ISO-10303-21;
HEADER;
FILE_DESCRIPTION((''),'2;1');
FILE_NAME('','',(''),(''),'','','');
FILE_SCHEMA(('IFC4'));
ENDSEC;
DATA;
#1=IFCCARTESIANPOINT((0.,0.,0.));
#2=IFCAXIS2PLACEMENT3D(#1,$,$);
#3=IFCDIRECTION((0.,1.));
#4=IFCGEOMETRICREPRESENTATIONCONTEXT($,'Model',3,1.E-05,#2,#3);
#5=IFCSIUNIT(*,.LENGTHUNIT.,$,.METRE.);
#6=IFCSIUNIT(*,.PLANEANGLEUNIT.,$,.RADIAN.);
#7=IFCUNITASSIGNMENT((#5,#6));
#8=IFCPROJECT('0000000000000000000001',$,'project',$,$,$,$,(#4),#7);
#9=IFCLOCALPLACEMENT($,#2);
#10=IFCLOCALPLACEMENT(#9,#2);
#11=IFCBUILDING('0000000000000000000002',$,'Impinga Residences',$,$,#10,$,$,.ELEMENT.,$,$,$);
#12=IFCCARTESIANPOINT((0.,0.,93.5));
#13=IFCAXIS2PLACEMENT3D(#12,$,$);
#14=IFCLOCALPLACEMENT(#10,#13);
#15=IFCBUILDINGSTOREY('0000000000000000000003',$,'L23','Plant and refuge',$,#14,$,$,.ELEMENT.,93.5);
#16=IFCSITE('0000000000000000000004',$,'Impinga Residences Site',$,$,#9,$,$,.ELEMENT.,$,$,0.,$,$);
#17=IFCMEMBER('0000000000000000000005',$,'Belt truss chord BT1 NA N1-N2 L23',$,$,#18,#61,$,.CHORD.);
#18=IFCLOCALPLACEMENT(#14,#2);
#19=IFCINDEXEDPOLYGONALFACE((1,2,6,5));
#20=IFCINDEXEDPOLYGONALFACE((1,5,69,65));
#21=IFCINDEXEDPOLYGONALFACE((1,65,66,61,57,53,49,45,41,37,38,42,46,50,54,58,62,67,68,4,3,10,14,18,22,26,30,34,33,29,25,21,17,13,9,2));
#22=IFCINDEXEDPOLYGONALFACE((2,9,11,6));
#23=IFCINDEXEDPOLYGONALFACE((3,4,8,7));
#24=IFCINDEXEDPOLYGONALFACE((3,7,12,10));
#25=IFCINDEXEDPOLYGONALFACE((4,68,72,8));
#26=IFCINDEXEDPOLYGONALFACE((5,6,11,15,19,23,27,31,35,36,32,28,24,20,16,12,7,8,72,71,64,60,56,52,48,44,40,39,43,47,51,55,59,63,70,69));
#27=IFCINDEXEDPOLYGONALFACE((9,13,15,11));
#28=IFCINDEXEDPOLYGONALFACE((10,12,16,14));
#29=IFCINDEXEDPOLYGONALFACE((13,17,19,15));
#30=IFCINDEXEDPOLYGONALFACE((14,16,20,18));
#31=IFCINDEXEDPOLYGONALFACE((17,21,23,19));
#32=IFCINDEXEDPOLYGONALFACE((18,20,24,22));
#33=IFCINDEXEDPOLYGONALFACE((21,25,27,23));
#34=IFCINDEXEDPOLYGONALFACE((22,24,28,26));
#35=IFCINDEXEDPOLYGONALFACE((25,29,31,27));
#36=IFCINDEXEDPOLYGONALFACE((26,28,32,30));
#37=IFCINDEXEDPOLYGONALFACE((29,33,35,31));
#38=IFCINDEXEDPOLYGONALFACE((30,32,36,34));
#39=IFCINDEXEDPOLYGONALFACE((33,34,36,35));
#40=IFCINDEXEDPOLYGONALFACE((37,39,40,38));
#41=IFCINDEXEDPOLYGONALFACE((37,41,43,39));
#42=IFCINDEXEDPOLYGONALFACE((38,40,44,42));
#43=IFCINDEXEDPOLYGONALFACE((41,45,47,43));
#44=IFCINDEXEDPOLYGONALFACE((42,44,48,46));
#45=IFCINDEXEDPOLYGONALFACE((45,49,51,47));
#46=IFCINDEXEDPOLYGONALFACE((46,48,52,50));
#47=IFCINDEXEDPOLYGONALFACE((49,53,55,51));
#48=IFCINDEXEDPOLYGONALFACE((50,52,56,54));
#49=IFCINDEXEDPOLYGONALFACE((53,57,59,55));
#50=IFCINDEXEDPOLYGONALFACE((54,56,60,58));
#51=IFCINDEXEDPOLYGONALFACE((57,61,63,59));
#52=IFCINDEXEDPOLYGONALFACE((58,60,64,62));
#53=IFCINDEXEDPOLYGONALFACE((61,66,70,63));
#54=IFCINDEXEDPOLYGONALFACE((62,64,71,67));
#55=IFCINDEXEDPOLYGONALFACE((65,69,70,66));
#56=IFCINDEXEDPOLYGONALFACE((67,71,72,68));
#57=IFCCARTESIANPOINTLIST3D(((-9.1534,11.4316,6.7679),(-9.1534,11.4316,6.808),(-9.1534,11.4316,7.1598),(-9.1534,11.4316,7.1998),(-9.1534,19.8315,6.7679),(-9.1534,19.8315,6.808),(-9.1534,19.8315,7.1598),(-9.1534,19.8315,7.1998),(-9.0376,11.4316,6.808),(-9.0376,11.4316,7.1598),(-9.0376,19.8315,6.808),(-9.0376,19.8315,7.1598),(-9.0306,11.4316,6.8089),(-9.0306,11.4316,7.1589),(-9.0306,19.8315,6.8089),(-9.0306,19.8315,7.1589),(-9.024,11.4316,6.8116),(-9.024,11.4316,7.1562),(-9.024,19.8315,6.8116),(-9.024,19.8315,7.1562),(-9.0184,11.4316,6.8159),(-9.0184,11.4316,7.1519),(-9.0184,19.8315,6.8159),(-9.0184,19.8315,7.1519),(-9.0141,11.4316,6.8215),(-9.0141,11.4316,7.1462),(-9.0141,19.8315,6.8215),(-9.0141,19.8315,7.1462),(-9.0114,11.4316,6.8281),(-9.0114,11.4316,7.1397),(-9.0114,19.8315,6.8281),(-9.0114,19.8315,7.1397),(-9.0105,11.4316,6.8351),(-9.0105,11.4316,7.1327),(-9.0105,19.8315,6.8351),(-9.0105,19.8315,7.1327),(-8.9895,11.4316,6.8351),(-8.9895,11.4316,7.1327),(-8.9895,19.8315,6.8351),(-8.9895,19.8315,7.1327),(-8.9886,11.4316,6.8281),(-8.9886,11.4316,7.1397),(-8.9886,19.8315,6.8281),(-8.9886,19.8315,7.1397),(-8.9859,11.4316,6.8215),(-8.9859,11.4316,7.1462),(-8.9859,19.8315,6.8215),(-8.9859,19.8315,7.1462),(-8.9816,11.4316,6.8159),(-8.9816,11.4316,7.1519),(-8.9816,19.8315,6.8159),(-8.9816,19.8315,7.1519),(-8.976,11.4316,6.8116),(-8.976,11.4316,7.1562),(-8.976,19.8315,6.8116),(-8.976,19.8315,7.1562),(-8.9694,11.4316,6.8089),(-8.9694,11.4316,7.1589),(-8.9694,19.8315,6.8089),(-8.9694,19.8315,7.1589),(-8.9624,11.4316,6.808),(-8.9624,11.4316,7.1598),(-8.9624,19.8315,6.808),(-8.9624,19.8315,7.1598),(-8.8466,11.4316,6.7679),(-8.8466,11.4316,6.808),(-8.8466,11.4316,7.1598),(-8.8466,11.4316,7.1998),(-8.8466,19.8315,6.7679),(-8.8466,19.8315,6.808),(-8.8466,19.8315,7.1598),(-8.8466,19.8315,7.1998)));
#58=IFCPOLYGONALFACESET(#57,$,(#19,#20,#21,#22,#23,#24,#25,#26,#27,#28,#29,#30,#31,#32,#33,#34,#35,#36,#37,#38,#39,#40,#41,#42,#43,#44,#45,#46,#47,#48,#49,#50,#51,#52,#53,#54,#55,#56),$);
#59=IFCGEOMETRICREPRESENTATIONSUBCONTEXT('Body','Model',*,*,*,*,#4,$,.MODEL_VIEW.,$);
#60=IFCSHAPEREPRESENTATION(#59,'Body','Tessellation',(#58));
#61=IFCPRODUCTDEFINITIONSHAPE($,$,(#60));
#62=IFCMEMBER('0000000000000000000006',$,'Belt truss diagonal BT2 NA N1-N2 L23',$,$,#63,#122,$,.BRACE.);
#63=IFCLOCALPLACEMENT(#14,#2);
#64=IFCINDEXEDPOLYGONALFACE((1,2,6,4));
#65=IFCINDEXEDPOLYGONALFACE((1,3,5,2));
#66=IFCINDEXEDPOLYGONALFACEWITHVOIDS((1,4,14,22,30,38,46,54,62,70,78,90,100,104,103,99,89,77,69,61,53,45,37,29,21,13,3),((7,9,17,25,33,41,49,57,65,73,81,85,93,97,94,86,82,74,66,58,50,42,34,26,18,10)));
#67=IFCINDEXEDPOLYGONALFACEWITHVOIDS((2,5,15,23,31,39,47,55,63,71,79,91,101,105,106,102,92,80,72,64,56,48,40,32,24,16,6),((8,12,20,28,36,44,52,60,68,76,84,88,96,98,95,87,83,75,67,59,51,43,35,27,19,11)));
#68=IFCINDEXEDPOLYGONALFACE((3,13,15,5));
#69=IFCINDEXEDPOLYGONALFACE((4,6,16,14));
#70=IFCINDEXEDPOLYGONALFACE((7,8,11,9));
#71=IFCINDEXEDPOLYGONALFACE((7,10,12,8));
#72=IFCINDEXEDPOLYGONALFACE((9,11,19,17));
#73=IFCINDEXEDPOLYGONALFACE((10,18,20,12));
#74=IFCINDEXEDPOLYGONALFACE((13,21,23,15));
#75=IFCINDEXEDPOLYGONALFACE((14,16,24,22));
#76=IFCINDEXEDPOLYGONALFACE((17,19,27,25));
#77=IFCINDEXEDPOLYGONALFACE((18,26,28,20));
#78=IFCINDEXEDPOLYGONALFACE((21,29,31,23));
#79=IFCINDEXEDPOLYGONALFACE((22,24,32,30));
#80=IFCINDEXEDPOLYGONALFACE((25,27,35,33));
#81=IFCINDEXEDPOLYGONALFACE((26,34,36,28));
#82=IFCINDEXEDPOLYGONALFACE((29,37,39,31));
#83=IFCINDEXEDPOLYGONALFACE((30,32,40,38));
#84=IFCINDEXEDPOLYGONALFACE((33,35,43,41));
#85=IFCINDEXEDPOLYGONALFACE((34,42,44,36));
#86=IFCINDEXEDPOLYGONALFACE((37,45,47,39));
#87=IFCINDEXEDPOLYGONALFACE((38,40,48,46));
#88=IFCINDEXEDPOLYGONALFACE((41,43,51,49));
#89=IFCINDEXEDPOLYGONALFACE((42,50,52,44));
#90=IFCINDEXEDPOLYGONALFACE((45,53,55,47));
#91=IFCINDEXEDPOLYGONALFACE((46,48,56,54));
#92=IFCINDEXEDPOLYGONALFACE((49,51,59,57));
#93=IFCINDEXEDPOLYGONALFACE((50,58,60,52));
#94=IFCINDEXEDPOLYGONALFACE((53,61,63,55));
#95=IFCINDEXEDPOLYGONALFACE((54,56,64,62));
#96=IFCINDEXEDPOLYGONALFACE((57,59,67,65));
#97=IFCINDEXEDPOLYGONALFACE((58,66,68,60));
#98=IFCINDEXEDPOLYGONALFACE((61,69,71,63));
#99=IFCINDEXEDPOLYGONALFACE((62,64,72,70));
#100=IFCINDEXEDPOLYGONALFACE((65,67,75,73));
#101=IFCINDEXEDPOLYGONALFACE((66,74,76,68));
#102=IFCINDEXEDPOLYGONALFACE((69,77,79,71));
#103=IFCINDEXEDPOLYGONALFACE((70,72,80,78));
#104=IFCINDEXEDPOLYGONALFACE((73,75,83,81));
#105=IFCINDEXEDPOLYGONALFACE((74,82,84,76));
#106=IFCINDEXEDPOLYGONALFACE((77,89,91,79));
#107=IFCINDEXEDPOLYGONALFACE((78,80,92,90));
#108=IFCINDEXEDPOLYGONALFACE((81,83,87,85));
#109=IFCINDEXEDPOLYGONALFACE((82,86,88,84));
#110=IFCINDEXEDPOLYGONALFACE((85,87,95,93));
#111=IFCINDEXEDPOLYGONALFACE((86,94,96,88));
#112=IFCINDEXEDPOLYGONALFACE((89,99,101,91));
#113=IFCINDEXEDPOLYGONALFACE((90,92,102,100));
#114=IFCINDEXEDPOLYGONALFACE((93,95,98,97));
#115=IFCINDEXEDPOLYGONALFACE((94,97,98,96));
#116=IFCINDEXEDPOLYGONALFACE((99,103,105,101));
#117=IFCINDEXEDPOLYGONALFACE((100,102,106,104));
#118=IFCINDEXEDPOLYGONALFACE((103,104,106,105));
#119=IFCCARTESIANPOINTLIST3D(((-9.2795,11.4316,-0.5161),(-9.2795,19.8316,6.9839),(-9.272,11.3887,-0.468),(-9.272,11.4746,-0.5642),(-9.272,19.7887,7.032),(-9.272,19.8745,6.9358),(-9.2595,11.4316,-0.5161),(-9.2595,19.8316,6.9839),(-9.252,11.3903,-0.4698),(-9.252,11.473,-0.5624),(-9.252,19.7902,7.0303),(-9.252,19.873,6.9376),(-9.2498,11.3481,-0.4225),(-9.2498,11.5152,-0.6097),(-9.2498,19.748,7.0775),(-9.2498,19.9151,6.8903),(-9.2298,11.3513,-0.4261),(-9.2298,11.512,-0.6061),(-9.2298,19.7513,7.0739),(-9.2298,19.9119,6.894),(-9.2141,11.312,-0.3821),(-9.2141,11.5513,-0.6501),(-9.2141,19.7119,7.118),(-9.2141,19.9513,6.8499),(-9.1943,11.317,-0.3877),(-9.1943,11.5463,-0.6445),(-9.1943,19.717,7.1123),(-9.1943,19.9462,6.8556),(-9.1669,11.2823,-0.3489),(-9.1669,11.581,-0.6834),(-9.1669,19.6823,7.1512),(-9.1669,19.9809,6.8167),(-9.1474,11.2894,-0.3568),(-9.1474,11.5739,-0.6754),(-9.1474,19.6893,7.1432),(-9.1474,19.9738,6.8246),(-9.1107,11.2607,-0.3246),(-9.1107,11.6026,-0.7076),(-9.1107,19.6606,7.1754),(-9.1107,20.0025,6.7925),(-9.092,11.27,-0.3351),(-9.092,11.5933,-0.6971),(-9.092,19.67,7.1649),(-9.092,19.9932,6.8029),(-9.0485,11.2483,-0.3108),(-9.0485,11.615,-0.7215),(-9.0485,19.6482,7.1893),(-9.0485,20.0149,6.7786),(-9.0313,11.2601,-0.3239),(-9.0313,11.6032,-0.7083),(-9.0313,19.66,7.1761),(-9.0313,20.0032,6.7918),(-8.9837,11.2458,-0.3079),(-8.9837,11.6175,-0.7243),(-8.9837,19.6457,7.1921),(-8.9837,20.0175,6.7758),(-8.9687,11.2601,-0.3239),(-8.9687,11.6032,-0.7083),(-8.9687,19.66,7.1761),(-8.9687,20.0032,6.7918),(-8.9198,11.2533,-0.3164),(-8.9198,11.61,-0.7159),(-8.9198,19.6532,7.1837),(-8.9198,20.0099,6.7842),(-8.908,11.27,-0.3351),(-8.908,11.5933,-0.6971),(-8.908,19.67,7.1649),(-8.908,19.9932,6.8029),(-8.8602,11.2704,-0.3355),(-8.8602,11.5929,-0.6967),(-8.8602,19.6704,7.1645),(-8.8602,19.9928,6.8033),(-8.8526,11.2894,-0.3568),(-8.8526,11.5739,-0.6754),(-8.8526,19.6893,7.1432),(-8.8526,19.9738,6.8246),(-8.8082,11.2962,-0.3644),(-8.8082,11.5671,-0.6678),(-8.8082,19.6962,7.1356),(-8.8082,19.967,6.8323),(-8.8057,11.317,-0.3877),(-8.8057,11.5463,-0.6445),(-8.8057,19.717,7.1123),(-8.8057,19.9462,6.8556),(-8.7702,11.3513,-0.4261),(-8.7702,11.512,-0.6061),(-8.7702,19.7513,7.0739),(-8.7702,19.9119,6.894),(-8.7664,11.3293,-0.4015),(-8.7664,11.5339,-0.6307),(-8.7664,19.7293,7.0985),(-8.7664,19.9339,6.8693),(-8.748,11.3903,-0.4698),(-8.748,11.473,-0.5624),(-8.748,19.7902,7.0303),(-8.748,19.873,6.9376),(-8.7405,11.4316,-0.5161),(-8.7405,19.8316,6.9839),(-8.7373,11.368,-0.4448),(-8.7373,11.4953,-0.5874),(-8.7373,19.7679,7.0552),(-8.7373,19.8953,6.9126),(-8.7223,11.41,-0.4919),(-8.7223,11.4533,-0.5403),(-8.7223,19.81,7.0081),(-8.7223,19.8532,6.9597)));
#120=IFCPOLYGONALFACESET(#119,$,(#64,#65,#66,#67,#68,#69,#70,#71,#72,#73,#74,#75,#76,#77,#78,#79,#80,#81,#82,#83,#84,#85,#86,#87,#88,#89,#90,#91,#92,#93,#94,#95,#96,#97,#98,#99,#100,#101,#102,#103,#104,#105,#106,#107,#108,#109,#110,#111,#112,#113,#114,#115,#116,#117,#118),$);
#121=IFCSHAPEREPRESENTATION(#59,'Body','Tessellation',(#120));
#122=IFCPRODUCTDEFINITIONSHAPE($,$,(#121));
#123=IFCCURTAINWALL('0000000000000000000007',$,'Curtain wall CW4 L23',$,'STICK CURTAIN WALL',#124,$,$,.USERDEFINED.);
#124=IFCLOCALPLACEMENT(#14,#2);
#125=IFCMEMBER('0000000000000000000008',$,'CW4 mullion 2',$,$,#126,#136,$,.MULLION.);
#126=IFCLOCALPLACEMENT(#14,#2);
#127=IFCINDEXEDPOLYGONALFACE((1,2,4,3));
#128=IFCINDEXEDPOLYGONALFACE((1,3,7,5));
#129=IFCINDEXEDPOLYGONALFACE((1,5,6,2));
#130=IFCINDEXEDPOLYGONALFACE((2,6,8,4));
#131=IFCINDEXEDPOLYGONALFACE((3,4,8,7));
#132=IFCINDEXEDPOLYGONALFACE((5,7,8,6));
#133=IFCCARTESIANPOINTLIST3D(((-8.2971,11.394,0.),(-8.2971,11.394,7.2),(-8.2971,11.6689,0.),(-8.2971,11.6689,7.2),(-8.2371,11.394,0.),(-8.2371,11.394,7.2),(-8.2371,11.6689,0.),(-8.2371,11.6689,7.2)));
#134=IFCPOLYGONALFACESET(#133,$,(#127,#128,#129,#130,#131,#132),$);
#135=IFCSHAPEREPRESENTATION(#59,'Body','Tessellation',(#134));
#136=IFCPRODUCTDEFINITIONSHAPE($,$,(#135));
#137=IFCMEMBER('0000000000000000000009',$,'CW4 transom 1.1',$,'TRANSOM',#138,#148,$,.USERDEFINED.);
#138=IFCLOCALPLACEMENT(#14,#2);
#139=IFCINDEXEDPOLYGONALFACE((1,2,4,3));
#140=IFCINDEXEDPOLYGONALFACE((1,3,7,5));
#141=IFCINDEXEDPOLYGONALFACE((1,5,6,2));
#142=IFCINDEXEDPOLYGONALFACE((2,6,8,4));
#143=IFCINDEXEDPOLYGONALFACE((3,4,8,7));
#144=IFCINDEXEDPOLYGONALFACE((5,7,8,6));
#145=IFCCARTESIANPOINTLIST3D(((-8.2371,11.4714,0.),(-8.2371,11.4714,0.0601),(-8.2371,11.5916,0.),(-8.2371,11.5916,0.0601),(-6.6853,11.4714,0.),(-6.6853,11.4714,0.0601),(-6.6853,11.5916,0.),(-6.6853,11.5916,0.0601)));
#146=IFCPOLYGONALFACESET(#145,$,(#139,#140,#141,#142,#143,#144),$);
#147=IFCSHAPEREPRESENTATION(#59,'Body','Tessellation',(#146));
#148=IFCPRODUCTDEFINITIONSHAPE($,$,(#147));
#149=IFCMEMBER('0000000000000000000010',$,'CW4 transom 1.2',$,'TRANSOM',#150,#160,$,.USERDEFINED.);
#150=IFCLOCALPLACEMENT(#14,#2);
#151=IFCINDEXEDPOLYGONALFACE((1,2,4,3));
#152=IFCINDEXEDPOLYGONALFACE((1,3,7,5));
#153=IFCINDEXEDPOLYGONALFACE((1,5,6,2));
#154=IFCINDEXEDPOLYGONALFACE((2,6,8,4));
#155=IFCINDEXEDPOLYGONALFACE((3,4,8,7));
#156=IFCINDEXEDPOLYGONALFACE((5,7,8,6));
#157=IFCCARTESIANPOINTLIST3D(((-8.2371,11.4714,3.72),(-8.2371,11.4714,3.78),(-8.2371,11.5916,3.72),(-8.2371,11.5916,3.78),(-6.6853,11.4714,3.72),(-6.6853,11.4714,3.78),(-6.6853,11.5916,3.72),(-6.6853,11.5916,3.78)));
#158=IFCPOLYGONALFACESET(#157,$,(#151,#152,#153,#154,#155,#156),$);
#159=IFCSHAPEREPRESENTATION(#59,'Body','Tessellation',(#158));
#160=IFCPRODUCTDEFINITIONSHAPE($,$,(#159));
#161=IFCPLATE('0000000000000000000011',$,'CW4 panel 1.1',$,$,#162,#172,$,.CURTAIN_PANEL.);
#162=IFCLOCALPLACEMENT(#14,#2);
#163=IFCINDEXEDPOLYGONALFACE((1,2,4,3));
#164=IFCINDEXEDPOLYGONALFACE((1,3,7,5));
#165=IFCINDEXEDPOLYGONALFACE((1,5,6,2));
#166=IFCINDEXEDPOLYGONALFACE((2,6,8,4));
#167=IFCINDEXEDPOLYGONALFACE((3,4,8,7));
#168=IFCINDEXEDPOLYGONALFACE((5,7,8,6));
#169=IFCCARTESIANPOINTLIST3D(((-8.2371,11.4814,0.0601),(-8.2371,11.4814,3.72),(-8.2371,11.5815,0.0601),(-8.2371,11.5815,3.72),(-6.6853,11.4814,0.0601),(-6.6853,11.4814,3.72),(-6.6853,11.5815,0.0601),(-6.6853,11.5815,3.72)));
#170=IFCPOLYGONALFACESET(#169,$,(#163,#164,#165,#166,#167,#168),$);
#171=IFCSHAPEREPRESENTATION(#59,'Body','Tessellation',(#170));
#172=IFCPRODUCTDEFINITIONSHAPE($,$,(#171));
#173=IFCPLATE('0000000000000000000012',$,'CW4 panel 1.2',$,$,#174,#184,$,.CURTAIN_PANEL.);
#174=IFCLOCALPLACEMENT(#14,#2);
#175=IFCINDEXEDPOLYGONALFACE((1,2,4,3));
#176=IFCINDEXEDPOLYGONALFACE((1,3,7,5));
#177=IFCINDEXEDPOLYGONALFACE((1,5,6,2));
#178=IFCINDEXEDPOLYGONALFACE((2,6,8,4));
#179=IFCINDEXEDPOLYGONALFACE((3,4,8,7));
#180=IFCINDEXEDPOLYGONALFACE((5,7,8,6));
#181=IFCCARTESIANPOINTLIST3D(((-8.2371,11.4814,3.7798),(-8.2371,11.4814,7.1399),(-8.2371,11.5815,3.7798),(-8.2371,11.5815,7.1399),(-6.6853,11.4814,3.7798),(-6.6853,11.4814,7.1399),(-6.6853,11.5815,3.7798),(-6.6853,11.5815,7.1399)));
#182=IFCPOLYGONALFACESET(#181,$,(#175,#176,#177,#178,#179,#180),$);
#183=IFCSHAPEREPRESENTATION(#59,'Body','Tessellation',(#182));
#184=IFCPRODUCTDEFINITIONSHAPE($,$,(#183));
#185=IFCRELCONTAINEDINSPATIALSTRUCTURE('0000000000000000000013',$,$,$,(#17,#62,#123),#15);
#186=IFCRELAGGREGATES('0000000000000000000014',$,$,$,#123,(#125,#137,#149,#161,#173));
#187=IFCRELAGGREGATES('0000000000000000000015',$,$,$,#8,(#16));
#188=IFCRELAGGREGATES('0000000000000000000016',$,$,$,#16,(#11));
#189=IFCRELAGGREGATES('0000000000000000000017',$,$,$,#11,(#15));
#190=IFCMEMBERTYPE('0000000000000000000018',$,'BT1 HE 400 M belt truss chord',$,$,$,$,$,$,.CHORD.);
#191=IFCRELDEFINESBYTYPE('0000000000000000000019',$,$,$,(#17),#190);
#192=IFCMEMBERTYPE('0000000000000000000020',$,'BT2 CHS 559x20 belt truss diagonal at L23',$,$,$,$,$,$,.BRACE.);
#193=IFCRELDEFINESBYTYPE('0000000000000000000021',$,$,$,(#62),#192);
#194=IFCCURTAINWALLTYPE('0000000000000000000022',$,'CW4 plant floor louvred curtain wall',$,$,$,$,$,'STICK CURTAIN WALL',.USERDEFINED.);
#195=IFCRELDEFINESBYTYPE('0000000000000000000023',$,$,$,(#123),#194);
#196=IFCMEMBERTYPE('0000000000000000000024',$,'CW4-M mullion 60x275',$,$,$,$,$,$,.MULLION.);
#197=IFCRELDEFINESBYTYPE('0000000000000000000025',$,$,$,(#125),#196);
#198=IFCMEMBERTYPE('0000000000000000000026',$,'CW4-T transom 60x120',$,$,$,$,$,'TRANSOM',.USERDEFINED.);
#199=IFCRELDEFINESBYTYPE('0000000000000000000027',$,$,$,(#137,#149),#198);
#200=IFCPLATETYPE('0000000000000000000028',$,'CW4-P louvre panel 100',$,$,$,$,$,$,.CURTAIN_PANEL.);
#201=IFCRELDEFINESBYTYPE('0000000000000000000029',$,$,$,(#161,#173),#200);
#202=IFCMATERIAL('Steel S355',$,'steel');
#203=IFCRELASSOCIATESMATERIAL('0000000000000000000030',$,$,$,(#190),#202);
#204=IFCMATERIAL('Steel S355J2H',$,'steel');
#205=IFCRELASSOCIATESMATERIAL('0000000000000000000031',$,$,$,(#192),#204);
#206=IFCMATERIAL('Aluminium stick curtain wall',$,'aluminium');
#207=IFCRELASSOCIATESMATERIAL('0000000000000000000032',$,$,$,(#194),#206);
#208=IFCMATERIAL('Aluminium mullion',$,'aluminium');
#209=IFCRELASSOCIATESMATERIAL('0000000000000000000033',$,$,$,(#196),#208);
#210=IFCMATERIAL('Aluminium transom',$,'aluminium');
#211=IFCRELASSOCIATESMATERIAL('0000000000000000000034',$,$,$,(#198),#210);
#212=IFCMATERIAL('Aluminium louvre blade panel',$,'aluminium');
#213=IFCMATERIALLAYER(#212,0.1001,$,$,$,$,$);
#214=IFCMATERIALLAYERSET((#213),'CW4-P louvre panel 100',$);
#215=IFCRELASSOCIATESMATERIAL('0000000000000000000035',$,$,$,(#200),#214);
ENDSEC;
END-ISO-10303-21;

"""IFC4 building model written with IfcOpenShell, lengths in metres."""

from ifc_helpers import new_model, si_unit, direction, frame, origin, origin_2d, place, context, subcontext, project, spatial, rectangle, hollow_circle, i_section, extrude, material, layer, layer_set, material_profile, profile_set, type_object, element, aggregate, save


model = new_model("IFC4")

# Units and contexts
model_context = context("Model", 3, precision=1e-05, world=origin(), true_north=direction((0.0, 1.0)))
body_context = subcontext(model_context, "Body", "Model", "MODEL_VIEW")
ifc_project = project(units=[si_unit("LENGTHUNIT", "METRE"), si_unit("PLANEANGLEUNIT", "RADIAN")], contexts=[model_context])

# Site, building, storey
site_placement = place(None, origin())
site = spatial("IfcSite", under=ifc_project, at=site_placement, Name="Impinga Residences Site", CompositionType="ELEMENT", RefElevation=0.0)
building_placement = place(site_placement, origin())
building = spatial("IfcBuilding", under=site, at=building_placement, Name="Impinga Residences", CompositionType="ELEMENT")
storey_placement = place(building_placement, frame((0.0, 0.0, 93.5)))
storey = spatial("IfcBuildingStorey", under=building, at=storey_placement, Name="L23", Description="Plant and refuge", CompositionType="ELEMENT", Elevation=93.5)

# Members
ifc_material_1 = material(Name="Steel S355", Category="steel")
ifc_material_profile_1 = material_profile(ifc_material_1, i_section(OverallWidth=0.3069, OverallDepth=0.4319, WebThickness=0.021, FlangeThickness=0.04, FilletRadius=0.0271, at=origin_2d()), Name="HE 400 M")
ifc_profile_set_1 = profile_set([ifc_material_profile_1], Name="Steel S355")
member_type_1 = type_object("IfcMemberType", Name="BT1 HE 400 M belt truss chord", PredefinedType="CHORD", material=ifc_profile_set_1)
member_1_placement = place(storey_placement, frame((-9.0, 11.4316, 6.9839), z_axis=(0.0, 1.0, 0.0), x_axis=(-1.0, 0.0, 0.0)))
element("IfcMember", 1, at=member_1_placement, inside=storey, type_object=member_type_1, Name="Belt truss chord BT1 NA N1-N2 L23", PredefinedType="CHORD", context=body_context, shape_type="SweptSolid", body=[
    extrude(i_section(OverallWidth=0.3069, OverallDepth=0.4319, WebThickness=0.021, FlangeThickness=0.04, FilletRadius=0.0271, at=origin_2d()), origin(), (0.0, 0.0, 1.0), 8.3999),
])
ifc_material_2 = material(Name="Steel S355J2H", Category="steel")
ifc_material_profile_2 = material_profile(ifc_material_2, hollow_circle(Radius=0.2795, WallThickness=0.02, at=origin_2d()), Name="CHS 559x20")
ifc_profile_set_2 = profile_set([ifc_material_profile_2], Name="Steel S355J2H")
member_type_2 = type_object("IfcMemberType", Name="BT2 CHS 559x20 belt truss diagonal at L23", PredefinedType="BRACE", material=ifc_profile_set_2)
member_2_placement = place(storey_placement, frame((-9.0, 11.4316, -0.5161), z_axis=(0.0, 0.745934, 0.66602), x_axis=(-1.0, 0.0, 0.0)))
element("IfcMember", 2, at=member_2_placement, inside=storey, type_object=member_type_2, Name="Belt truss diagonal BT2 NA N1-N2 L23", PredefinedType="BRACE", context=body_context, shape_type="SweptSolid", body=[
    extrude(hollow_circle(Radius=0.2795, WallThickness=0.02, at=origin_2d()), origin(), (0.0, 0.0, 1.0), 11.261),
])

# Curtain wall, members, plates
ifc_material_3 = material(Name="Aluminium stick curtain wall", Category="aluminium")
curtain_wall_type = type_object("IfcCurtainWallType", Name="CW4 plant floor louvred curtain wall", ElementType="STICK CURTAIN WALL", PredefinedType="USERDEFINED", material=ifc_material_3)
curtain_wall_placement = place(storey_placement, origin())
curtain_wall = element("IfcCurtainWall", 3, at=curtain_wall_placement, inside=storey, type_object=curtain_wall_type, Name="Curtain wall CW4 L23", ObjectType="STICK CURTAIN WALL", PredefinedType="USERDEFINED")
ifc_material_4 = material(Name="Aluminium mullion", Category="aluminium")
ifc_material_profile_3 = material_profile(ifc_material_4, rectangle(XDim=0.0601, YDim=0.2749, at=origin_2d()), Name="60x275 mullion")
ifc_profile_set_3 = profile_set([ifc_material_profile_3], Name="Aluminium mullion")
member_type_3 = type_object("IfcMemberType", Name="CW4-M mullion 60x275", PredefinedType="MULLION", material=ifc_profile_set_3)
member_3_placement = place(storey_placement, frame((-8.2671, 11.5315, 0.0), z_axis=(0.0, 0.0, 1.0), x_axis=(-1.0, 0.0, 0.0)))
member_3 = element("IfcMember", 4, at=member_3_placement, type_object=member_type_3, Name="CW4 mullion 2", PredefinedType="MULLION", context=body_context, shape_type="SweptSolid", body=[
    extrude(rectangle(XDim=0.0601, YDim=0.2749, at=origin_2d()), origin(), (0.0, 0.0, 1.0), 7.2),
])
ifc_material_5 = material(Name="Aluminium transom", Category="aluminium")
ifc_material_profile_4 = material_profile(ifc_material_5, rectangle(XDim=0.0601, YDim=0.1201, at=origin_2d()), Name="60x120 transom")
ifc_profile_set_4 = profile_set([ifc_material_profile_4], Name="Aluminium transom")
member_type_4 = type_object("IfcMemberType", Name="CW4-T transom 60x120", ElementType="TRANSOM", PredefinedType="USERDEFINED", material=ifc_profile_set_4)
member_4_placement = place(storey_placement, frame((-6.6853, 11.5315, 0.03), z_axis=(-1.0, 0.0, 0.0), x_axis=(0.0, 0.0, 1.0)))
member_4 = element("IfcMember", 5, at=member_4_placement, type_object=member_type_4, Name="CW4 transom 1.1", ObjectType="TRANSOM", PredefinedType="USERDEFINED", context=body_context, shape_type="SweptSolid", body=[
    extrude(rectangle(XDim=0.0601, YDim=0.1201, at=origin_2d()), origin(), (0.0, 0.0, 1.0), 1.5518),
])
member_5_placement = place(storey_placement, frame((-6.6853, 11.5315, 3.75), z_axis=(-1.0, 0.0, 0.0), x_axis=(0.0, 0.0, 1.0)))
member_5 = element("IfcMember", 6, at=member_5_placement, type_object=member_type_4, Name="CW4 transom 1.2", ObjectType="TRANSOM", PredefinedType="USERDEFINED", context=body_context, shape_type="SweptSolid", body=[
    extrude(rectangle(XDim=0.0601, YDim=0.1201, at=origin_2d()), origin(), (0.0, 0.0, 1.0), 1.5518),
])
ifc_material_6 = material(Name="Aluminium louvre blade panel", Category="aluminium")
ifc_layer_1 = layer(ifc_material_6, 0.1001)
ifc_layer_set_1 = layer_set([ifc_layer_1], Name="CW4-P louvre panel 100")
plate_type = type_object("IfcPlateType", Name="CW4-P louvre panel 100", PredefinedType="CURTAIN_PANEL", material=ifc_layer_set_1)
plate_1_placement = place(storey_placement, frame((-7.4612, 11.5315, 0.0601), z_axis=(0.0, 0.0, 1.0), x_axis=(-1.0, 0.0, 0.0)))
plate_1 = element("IfcPlate", 7, at=plate_1_placement, type_object=plate_type, Name="CW4 panel 1.1", PredefinedType="CURTAIN_PANEL", context=body_context, shape_type="SweptSolid", body=[
    extrude(rectangle(XDim=1.5518, YDim=0.1001, at=origin_2d()), origin(), (0.0, 0.0, 1.0), 3.6599),
])
plate_2_placement = place(storey_placement, frame((-7.4612, 11.5315, 3.7798), z_axis=(0.0, 0.0, 1.0), x_axis=(-1.0, 0.0, 0.0)))
plate_2 = element("IfcPlate", 8, at=plate_2_placement, type_object=plate_type, Name="CW4 panel 1.2", PredefinedType="CURTAIN_PANEL", context=body_context, shape_type="SweptSolid", body=[
    extrude(rectangle(XDim=1.5518, YDim=0.1001, at=origin_2d()), origin(), (0.0, 0.0, 1.0), 3.3601),
])
aggregate(curtain_wall, [member_3, member_4, member_5, plate_1, plate_2])

save(model, "model.ifc")
